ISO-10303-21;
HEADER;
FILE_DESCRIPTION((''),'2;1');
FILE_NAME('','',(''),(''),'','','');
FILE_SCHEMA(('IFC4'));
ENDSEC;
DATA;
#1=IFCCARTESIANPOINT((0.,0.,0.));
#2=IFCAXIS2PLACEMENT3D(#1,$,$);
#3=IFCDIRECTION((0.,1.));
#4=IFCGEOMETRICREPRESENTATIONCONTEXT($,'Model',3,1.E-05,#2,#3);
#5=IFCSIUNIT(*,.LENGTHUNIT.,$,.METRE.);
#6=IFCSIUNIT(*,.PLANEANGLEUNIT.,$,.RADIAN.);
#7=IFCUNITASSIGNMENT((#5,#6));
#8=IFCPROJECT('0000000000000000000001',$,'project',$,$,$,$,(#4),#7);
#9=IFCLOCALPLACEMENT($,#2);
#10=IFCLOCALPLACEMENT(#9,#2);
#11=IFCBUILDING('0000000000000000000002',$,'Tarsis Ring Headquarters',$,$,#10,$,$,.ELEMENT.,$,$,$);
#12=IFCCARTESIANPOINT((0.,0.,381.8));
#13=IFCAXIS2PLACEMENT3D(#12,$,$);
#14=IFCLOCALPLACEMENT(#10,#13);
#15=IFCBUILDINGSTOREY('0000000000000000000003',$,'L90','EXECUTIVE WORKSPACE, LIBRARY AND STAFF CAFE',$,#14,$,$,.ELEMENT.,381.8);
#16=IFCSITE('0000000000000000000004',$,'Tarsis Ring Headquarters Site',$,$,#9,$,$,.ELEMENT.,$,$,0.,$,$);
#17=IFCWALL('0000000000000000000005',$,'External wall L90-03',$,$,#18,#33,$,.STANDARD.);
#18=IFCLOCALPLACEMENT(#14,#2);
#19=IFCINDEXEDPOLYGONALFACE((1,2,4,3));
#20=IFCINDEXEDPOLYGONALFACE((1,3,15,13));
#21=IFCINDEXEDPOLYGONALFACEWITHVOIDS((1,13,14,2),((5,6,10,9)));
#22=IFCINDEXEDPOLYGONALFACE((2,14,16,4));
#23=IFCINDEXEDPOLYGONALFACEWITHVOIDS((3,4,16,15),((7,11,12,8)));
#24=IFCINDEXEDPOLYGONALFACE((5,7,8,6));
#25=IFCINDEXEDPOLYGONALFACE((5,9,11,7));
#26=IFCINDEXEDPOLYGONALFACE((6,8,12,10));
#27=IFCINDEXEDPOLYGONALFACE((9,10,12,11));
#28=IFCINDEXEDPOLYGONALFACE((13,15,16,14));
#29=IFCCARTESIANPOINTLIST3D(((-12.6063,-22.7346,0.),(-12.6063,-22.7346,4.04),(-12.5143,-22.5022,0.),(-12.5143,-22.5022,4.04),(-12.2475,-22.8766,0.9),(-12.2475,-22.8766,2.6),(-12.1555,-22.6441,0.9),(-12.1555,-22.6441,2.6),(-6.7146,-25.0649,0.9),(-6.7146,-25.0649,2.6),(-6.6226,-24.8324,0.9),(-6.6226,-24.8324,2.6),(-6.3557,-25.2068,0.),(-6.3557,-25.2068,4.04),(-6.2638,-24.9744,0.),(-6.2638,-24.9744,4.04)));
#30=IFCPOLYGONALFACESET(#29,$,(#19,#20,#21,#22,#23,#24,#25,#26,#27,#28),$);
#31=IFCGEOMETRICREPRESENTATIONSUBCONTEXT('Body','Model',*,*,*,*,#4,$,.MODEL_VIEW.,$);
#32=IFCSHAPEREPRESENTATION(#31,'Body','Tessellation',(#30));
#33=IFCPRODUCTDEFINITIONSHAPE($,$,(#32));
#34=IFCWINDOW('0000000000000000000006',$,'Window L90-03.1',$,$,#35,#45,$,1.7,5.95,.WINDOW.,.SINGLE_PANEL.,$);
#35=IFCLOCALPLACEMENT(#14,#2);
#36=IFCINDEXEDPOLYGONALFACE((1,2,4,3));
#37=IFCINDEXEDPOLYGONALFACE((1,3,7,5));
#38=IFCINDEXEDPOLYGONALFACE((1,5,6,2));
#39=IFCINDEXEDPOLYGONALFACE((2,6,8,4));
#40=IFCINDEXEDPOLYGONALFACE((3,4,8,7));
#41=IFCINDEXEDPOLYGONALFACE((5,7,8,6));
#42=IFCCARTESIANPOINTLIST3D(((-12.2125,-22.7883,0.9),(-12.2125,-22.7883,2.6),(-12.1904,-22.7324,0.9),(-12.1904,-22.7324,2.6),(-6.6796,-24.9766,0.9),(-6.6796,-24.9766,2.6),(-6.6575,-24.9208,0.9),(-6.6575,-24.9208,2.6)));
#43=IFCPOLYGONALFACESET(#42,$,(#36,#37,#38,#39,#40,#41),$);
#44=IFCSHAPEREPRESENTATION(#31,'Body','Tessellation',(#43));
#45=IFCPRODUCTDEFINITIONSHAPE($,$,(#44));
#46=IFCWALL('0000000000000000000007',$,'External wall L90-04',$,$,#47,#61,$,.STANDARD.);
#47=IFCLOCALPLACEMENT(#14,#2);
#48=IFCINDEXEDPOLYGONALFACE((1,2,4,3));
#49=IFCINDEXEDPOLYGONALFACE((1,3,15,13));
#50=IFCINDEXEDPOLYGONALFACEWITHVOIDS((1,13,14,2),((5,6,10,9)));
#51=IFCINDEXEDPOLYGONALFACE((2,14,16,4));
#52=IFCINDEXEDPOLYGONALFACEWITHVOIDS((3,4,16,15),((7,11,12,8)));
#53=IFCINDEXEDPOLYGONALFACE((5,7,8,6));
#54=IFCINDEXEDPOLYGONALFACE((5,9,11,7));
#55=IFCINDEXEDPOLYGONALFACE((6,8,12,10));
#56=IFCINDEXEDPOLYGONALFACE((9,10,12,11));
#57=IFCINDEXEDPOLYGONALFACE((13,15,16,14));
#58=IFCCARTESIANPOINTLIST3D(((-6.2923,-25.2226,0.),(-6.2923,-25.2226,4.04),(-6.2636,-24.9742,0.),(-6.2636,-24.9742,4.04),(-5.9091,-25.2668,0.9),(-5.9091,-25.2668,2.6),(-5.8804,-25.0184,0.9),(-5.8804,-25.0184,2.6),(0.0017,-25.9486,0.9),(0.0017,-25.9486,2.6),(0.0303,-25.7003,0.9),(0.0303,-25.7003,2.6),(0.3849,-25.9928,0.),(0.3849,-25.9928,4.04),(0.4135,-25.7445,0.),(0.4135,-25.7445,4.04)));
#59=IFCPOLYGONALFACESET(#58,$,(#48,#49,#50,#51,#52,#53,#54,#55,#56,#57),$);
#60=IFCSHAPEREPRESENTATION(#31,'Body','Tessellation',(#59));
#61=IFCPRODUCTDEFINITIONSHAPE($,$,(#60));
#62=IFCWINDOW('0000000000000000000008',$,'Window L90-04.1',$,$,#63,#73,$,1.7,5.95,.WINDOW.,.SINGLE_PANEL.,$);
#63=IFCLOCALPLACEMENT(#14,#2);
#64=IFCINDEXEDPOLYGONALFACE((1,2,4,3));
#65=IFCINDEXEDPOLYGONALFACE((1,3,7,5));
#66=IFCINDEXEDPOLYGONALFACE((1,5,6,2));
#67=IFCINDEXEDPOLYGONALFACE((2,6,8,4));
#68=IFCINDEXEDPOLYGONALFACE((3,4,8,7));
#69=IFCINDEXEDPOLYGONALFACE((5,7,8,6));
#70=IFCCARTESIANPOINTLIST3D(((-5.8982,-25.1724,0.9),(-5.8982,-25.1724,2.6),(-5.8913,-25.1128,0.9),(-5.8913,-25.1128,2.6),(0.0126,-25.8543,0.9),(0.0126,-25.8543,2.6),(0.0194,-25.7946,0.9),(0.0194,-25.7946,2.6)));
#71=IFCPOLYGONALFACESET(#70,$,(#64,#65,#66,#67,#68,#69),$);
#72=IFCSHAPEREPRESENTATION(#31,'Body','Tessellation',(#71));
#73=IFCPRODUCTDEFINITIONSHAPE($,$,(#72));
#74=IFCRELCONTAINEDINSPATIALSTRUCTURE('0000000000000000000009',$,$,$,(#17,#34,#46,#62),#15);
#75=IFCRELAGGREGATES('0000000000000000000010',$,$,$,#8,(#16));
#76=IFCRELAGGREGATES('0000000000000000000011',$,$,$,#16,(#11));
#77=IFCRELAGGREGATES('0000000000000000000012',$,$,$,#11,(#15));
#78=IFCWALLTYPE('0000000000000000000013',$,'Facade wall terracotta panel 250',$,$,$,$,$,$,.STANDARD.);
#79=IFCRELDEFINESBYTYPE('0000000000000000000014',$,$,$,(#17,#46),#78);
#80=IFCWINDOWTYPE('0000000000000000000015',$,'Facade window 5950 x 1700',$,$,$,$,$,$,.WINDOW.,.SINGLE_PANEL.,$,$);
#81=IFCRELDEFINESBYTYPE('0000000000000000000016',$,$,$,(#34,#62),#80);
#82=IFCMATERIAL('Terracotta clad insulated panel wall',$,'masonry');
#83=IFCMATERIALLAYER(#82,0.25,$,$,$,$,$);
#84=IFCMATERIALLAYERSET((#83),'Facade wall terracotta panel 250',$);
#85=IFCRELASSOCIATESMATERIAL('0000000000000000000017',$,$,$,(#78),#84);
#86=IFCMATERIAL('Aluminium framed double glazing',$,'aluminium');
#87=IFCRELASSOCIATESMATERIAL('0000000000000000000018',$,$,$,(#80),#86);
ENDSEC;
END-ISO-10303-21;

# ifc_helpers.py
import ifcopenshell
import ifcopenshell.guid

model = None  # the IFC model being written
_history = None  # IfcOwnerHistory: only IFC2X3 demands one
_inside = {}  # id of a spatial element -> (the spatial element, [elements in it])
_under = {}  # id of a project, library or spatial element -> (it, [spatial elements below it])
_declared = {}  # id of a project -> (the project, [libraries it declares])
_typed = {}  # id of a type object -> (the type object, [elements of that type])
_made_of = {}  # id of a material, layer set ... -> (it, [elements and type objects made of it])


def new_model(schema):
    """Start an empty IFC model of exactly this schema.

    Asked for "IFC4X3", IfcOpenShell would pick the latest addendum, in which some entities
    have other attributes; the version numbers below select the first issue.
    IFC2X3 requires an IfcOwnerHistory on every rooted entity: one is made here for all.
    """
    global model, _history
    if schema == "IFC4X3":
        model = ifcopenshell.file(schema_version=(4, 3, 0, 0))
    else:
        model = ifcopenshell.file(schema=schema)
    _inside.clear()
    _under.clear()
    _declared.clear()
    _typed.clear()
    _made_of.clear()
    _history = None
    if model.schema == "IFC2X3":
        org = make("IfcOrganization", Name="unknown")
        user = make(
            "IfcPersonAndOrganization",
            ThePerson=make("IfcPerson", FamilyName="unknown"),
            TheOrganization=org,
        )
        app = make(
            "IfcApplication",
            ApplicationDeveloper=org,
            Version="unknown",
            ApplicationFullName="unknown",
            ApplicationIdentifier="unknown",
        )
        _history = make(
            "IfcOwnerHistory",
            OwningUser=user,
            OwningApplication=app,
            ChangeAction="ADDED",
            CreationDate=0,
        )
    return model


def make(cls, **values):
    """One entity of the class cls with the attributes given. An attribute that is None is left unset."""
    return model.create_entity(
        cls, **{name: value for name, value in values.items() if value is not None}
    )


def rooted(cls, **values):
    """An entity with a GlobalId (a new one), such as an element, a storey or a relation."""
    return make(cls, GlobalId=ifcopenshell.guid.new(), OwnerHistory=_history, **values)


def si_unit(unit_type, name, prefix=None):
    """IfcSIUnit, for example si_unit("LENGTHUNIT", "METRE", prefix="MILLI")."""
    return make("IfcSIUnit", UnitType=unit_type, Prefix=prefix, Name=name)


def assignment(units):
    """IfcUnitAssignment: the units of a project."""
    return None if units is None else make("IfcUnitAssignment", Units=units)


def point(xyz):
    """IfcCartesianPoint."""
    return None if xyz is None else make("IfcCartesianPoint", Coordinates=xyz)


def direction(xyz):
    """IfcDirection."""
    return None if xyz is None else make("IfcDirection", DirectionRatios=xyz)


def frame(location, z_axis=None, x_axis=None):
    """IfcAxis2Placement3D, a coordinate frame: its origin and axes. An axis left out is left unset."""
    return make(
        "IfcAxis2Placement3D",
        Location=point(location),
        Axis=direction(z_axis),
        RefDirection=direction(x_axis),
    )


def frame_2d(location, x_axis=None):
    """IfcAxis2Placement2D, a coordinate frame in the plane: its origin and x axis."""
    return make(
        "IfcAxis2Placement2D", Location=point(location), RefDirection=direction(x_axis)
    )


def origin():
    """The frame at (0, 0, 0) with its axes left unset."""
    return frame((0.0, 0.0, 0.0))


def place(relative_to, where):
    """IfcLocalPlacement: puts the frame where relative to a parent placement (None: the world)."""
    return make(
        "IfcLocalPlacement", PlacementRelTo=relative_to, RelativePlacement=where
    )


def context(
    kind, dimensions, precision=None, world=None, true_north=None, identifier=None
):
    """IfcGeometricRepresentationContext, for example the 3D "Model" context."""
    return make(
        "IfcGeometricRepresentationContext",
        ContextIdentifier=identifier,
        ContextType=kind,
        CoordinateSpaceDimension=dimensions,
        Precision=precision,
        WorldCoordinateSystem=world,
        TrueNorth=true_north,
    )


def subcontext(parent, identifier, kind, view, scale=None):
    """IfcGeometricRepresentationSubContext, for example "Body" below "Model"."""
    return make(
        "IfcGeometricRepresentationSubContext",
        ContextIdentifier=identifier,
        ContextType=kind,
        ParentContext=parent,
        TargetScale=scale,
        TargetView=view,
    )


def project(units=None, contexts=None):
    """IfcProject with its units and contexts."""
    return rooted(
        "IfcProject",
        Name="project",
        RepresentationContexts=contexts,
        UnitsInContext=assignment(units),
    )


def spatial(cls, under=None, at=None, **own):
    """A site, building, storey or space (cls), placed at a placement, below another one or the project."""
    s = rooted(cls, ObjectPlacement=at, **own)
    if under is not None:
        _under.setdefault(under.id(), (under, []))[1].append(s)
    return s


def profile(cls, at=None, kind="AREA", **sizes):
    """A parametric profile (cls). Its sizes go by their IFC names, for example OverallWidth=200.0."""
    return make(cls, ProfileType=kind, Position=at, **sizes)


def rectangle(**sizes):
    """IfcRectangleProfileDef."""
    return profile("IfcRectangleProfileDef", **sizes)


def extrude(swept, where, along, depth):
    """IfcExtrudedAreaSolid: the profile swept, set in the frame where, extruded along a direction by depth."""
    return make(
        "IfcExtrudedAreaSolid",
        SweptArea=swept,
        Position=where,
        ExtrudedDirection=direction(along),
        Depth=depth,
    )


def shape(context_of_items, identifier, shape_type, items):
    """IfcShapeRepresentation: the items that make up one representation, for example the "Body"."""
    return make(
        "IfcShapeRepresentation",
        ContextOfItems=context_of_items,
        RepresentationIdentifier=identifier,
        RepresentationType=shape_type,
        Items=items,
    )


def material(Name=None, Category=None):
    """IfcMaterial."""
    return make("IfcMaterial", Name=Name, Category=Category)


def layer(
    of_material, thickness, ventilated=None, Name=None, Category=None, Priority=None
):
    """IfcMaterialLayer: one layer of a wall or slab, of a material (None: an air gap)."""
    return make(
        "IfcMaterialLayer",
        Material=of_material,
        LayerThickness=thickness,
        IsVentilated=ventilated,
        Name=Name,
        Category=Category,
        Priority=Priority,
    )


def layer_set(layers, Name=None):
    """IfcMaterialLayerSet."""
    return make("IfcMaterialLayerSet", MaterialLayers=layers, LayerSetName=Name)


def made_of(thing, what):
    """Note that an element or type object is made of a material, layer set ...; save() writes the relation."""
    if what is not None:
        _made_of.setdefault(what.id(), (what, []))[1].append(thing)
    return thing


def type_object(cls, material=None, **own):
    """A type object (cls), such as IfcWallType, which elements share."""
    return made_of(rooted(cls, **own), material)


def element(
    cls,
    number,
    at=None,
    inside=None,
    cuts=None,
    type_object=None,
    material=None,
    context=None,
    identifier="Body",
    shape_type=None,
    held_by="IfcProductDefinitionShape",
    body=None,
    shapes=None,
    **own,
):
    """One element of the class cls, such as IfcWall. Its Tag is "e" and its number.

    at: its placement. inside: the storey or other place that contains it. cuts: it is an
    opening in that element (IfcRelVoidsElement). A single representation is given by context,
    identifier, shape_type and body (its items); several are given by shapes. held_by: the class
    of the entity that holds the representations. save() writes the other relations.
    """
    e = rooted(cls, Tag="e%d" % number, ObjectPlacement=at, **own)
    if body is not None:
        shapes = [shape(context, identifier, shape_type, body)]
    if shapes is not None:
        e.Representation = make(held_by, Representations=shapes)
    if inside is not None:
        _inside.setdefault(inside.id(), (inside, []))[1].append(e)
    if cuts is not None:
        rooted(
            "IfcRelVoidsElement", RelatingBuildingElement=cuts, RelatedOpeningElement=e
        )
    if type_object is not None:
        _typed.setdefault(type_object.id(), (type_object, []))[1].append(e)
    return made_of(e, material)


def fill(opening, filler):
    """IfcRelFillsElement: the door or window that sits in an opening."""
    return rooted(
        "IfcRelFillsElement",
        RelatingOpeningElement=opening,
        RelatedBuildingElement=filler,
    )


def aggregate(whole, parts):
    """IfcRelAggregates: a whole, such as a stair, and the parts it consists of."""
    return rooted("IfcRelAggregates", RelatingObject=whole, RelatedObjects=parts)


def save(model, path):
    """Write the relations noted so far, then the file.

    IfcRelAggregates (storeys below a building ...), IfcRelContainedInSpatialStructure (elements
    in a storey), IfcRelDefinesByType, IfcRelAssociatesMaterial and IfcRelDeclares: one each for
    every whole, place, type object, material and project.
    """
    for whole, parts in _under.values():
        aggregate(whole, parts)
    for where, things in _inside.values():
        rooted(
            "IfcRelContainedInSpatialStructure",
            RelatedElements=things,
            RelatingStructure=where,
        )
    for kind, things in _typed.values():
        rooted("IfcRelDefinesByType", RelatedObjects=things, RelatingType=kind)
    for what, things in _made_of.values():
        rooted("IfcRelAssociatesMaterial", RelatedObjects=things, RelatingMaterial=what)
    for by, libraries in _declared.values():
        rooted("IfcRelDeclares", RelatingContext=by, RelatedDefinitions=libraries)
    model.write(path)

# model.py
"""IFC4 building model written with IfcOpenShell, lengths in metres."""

from ifc_helpers import new_model, si_unit, direction, frame, frame_2d, origin, place, context, subcontext, project, spatial, rectangle, extrude, material, layer, layer_set, type_object, element, fill, save


model = new_model("IFC4")

# Units and contexts
model_context = context("Model", 3, precision=1e-05, world=origin(), true_north=direction((0.0, 1.0)))
body_context = subcontext(model_context, "Body", "Model", "MODEL_VIEW")
ifc_project = project(units=[si_unit("LENGTHUNIT", "METRE"), si_unit("PLANEANGLEUNIT", "RADIAN")], contexts=[model_context])

# Site, building, storey
site_placement = place(None, origin())
site = spatial("IfcSite", under=ifc_project, at=site_placement, Name="Tarsis Ring Headquarters Site", CompositionType="ELEMENT", RefElevation=0.0)
building_placement = place(site_placement, origin())
building = spatial("IfcBuilding", under=site, at=building_placement, Name="Tarsis Ring Headquarters", CompositionType="ELEMENT")
storey_placement = place(building_placement, frame((0.0, 0.0, 381.8)))
storey = spatial("IfcBuildingStorey", under=building, at=storey_placement, Name="L90", Description="EXECUTIVE WORKSPACE, LIBRARY AND STAFF CAFE", CompositionType="ELEMENT", Elevation=381.8)

# Walls, openings, windows
ifc_material_1 = material(Name="Terracotta clad insulated panel wall", Category="masonry")
ifc_layer_1 = layer(ifc_material_1, 0.25)
ifc_layer_set_1 = layer_set([ifc_layer_1], Name="Facade wall terracotta panel 250")
wall_type_1 = type_object("IfcWallType", Name="Facade wall terracotta panel 250", PredefinedType="STANDARD", material=ifc_layer_set_1)
wall_1_placement = place(storey_placement, frame((-12.5603, -22.6184, 0.0), z_axis=(0.0, 0.0, 1.0), x_axis=(0.929908, -0.367793, 0.0)))
wall_1 = element("IfcWall", 1, at=wall_1_placement, inside=storey, type_object=wall_type_1, Name="External wall L90-03", PredefinedType="STANDARD", context=body_context, shape_type="SweptSolid", body=[
    extrude(rectangle(XDim=6.7217, YDim=0.25, at=frame_2d((3.3608, 0.0))), origin(), (0.0, 0.0, 1.0), 4.04),
])
opening_1_placement = place(wall_1_placement, frame((0.3857, 0.0, 0.8999)))
opening_1 = element("IfcOpeningElement", 2, at=opening_1_placement, cuts=wall_1, PredefinedType="OPENING", context=body_context, shape_type="SweptSolid", body=[
    extrude(rectangle(XDim=5.95, YDim=1.7, at=frame_2d((2.9751, 0.8501))), frame((0.0, 0.135, 0.0), z_axis=(0.0, -1.0, 0.0), x_axis=(1.0, 0.0, 0.0)), (0.0, 0.0, 1.0), 0.27),
])
ifc_material_2 = material(Name="Aluminium framed double glazing", Category="aluminium")
window_type = type_object("IfcWindowType", Name="Facade window 5950 x 1700", PartitioningType="SINGLE_PANEL", PredefinedType="WINDOW", material=ifc_material_2)
window_1_placement = place(opening_1_placement, origin())
window_1 = element("IfcWindow", 3, at=window_1_placement, inside=storey, type_object=window_type, Name="Window L90-03.1", OverallHeight=1.7, OverallWidth=5.95, PartitioningType="SINGLE_PANEL", PredefinedType="WINDOW", context=body_context, shape_type="SweptSolid", body=[
    extrude(rectangle(XDim=5.95, YDim=1.7, at=frame_2d((2.9751, 0.8501))), frame((0.0, 0.03, 0.0), z_axis=(0.0, -1.0, 0.0), x_axis=(1.0, 0.0, 0.0)), (0.0, 0.0, 1.0), 0.0601),
])
fill(opening_1, window_1)
wall_2_placement = place(storey_placement, frame((-6.2781, -25.0984, 0.0), z_axis=(0.0, 0.0, 1.0), x_axis=(0.993412, -0.114597, 0.0)))
wall_2 = element("IfcWall", 4, at=wall_2_placement, inside=storey, type_object=wall_type_1, Name="External wall L90-04", PredefinedType="STANDARD", context=body_context, shape_type="SweptSolid", body=[
    extrude(rectangle(XDim=6.7214, YDim=0.25, at=frame_2d((3.3608, 0.0))), origin(), (0.0, 0.0, 1.0), 4.04),
])
opening_2_placement = place(wall_2_placement, frame((0.3857, 0.0, 0.8999)))
opening_2 = element("IfcOpeningElement", 5, at=opening_2_placement, cuts=wall_2, PredefinedType="OPENING", context=body_context, shape_type="SweptSolid", body=[
    extrude(rectangle(XDim=5.95, YDim=1.7, at=frame_2d((2.9751, 0.8501))), frame((0.0, 0.135, 0.0), z_axis=(0.0, -1.0, 0.0), x_axis=(1.0, 0.0, 0.0)), (0.0, 0.0, 1.0), 0.27),
])
window_2_placement = place(opening_2_placement, origin())
window_2 = element("IfcWindow", 6, at=window_2_placement, inside=storey, type_object=window_type, Name="Window L90-04.1", OverallHeight=1.7, OverallWidth=5.95, PartitioningType="SINGLE_PANEL", PredefinedType="WINDOW", context=body_context, shape_type="SweptSolid", body=[
    extrude(rectangle(XDim=5.95, YDim=1.7, at=frame_2d((2.9751, 0.8501))), frame((0.0, 0.03, 0.0), z_axis=(0.0, -1.0, 0.0), x_axis=(1.0, 0.0, 0.0)), (0.0, 0.0, 1.0), 0.0601),
])
fill(opening_2, window_2)

save(model, "model.ifc")
